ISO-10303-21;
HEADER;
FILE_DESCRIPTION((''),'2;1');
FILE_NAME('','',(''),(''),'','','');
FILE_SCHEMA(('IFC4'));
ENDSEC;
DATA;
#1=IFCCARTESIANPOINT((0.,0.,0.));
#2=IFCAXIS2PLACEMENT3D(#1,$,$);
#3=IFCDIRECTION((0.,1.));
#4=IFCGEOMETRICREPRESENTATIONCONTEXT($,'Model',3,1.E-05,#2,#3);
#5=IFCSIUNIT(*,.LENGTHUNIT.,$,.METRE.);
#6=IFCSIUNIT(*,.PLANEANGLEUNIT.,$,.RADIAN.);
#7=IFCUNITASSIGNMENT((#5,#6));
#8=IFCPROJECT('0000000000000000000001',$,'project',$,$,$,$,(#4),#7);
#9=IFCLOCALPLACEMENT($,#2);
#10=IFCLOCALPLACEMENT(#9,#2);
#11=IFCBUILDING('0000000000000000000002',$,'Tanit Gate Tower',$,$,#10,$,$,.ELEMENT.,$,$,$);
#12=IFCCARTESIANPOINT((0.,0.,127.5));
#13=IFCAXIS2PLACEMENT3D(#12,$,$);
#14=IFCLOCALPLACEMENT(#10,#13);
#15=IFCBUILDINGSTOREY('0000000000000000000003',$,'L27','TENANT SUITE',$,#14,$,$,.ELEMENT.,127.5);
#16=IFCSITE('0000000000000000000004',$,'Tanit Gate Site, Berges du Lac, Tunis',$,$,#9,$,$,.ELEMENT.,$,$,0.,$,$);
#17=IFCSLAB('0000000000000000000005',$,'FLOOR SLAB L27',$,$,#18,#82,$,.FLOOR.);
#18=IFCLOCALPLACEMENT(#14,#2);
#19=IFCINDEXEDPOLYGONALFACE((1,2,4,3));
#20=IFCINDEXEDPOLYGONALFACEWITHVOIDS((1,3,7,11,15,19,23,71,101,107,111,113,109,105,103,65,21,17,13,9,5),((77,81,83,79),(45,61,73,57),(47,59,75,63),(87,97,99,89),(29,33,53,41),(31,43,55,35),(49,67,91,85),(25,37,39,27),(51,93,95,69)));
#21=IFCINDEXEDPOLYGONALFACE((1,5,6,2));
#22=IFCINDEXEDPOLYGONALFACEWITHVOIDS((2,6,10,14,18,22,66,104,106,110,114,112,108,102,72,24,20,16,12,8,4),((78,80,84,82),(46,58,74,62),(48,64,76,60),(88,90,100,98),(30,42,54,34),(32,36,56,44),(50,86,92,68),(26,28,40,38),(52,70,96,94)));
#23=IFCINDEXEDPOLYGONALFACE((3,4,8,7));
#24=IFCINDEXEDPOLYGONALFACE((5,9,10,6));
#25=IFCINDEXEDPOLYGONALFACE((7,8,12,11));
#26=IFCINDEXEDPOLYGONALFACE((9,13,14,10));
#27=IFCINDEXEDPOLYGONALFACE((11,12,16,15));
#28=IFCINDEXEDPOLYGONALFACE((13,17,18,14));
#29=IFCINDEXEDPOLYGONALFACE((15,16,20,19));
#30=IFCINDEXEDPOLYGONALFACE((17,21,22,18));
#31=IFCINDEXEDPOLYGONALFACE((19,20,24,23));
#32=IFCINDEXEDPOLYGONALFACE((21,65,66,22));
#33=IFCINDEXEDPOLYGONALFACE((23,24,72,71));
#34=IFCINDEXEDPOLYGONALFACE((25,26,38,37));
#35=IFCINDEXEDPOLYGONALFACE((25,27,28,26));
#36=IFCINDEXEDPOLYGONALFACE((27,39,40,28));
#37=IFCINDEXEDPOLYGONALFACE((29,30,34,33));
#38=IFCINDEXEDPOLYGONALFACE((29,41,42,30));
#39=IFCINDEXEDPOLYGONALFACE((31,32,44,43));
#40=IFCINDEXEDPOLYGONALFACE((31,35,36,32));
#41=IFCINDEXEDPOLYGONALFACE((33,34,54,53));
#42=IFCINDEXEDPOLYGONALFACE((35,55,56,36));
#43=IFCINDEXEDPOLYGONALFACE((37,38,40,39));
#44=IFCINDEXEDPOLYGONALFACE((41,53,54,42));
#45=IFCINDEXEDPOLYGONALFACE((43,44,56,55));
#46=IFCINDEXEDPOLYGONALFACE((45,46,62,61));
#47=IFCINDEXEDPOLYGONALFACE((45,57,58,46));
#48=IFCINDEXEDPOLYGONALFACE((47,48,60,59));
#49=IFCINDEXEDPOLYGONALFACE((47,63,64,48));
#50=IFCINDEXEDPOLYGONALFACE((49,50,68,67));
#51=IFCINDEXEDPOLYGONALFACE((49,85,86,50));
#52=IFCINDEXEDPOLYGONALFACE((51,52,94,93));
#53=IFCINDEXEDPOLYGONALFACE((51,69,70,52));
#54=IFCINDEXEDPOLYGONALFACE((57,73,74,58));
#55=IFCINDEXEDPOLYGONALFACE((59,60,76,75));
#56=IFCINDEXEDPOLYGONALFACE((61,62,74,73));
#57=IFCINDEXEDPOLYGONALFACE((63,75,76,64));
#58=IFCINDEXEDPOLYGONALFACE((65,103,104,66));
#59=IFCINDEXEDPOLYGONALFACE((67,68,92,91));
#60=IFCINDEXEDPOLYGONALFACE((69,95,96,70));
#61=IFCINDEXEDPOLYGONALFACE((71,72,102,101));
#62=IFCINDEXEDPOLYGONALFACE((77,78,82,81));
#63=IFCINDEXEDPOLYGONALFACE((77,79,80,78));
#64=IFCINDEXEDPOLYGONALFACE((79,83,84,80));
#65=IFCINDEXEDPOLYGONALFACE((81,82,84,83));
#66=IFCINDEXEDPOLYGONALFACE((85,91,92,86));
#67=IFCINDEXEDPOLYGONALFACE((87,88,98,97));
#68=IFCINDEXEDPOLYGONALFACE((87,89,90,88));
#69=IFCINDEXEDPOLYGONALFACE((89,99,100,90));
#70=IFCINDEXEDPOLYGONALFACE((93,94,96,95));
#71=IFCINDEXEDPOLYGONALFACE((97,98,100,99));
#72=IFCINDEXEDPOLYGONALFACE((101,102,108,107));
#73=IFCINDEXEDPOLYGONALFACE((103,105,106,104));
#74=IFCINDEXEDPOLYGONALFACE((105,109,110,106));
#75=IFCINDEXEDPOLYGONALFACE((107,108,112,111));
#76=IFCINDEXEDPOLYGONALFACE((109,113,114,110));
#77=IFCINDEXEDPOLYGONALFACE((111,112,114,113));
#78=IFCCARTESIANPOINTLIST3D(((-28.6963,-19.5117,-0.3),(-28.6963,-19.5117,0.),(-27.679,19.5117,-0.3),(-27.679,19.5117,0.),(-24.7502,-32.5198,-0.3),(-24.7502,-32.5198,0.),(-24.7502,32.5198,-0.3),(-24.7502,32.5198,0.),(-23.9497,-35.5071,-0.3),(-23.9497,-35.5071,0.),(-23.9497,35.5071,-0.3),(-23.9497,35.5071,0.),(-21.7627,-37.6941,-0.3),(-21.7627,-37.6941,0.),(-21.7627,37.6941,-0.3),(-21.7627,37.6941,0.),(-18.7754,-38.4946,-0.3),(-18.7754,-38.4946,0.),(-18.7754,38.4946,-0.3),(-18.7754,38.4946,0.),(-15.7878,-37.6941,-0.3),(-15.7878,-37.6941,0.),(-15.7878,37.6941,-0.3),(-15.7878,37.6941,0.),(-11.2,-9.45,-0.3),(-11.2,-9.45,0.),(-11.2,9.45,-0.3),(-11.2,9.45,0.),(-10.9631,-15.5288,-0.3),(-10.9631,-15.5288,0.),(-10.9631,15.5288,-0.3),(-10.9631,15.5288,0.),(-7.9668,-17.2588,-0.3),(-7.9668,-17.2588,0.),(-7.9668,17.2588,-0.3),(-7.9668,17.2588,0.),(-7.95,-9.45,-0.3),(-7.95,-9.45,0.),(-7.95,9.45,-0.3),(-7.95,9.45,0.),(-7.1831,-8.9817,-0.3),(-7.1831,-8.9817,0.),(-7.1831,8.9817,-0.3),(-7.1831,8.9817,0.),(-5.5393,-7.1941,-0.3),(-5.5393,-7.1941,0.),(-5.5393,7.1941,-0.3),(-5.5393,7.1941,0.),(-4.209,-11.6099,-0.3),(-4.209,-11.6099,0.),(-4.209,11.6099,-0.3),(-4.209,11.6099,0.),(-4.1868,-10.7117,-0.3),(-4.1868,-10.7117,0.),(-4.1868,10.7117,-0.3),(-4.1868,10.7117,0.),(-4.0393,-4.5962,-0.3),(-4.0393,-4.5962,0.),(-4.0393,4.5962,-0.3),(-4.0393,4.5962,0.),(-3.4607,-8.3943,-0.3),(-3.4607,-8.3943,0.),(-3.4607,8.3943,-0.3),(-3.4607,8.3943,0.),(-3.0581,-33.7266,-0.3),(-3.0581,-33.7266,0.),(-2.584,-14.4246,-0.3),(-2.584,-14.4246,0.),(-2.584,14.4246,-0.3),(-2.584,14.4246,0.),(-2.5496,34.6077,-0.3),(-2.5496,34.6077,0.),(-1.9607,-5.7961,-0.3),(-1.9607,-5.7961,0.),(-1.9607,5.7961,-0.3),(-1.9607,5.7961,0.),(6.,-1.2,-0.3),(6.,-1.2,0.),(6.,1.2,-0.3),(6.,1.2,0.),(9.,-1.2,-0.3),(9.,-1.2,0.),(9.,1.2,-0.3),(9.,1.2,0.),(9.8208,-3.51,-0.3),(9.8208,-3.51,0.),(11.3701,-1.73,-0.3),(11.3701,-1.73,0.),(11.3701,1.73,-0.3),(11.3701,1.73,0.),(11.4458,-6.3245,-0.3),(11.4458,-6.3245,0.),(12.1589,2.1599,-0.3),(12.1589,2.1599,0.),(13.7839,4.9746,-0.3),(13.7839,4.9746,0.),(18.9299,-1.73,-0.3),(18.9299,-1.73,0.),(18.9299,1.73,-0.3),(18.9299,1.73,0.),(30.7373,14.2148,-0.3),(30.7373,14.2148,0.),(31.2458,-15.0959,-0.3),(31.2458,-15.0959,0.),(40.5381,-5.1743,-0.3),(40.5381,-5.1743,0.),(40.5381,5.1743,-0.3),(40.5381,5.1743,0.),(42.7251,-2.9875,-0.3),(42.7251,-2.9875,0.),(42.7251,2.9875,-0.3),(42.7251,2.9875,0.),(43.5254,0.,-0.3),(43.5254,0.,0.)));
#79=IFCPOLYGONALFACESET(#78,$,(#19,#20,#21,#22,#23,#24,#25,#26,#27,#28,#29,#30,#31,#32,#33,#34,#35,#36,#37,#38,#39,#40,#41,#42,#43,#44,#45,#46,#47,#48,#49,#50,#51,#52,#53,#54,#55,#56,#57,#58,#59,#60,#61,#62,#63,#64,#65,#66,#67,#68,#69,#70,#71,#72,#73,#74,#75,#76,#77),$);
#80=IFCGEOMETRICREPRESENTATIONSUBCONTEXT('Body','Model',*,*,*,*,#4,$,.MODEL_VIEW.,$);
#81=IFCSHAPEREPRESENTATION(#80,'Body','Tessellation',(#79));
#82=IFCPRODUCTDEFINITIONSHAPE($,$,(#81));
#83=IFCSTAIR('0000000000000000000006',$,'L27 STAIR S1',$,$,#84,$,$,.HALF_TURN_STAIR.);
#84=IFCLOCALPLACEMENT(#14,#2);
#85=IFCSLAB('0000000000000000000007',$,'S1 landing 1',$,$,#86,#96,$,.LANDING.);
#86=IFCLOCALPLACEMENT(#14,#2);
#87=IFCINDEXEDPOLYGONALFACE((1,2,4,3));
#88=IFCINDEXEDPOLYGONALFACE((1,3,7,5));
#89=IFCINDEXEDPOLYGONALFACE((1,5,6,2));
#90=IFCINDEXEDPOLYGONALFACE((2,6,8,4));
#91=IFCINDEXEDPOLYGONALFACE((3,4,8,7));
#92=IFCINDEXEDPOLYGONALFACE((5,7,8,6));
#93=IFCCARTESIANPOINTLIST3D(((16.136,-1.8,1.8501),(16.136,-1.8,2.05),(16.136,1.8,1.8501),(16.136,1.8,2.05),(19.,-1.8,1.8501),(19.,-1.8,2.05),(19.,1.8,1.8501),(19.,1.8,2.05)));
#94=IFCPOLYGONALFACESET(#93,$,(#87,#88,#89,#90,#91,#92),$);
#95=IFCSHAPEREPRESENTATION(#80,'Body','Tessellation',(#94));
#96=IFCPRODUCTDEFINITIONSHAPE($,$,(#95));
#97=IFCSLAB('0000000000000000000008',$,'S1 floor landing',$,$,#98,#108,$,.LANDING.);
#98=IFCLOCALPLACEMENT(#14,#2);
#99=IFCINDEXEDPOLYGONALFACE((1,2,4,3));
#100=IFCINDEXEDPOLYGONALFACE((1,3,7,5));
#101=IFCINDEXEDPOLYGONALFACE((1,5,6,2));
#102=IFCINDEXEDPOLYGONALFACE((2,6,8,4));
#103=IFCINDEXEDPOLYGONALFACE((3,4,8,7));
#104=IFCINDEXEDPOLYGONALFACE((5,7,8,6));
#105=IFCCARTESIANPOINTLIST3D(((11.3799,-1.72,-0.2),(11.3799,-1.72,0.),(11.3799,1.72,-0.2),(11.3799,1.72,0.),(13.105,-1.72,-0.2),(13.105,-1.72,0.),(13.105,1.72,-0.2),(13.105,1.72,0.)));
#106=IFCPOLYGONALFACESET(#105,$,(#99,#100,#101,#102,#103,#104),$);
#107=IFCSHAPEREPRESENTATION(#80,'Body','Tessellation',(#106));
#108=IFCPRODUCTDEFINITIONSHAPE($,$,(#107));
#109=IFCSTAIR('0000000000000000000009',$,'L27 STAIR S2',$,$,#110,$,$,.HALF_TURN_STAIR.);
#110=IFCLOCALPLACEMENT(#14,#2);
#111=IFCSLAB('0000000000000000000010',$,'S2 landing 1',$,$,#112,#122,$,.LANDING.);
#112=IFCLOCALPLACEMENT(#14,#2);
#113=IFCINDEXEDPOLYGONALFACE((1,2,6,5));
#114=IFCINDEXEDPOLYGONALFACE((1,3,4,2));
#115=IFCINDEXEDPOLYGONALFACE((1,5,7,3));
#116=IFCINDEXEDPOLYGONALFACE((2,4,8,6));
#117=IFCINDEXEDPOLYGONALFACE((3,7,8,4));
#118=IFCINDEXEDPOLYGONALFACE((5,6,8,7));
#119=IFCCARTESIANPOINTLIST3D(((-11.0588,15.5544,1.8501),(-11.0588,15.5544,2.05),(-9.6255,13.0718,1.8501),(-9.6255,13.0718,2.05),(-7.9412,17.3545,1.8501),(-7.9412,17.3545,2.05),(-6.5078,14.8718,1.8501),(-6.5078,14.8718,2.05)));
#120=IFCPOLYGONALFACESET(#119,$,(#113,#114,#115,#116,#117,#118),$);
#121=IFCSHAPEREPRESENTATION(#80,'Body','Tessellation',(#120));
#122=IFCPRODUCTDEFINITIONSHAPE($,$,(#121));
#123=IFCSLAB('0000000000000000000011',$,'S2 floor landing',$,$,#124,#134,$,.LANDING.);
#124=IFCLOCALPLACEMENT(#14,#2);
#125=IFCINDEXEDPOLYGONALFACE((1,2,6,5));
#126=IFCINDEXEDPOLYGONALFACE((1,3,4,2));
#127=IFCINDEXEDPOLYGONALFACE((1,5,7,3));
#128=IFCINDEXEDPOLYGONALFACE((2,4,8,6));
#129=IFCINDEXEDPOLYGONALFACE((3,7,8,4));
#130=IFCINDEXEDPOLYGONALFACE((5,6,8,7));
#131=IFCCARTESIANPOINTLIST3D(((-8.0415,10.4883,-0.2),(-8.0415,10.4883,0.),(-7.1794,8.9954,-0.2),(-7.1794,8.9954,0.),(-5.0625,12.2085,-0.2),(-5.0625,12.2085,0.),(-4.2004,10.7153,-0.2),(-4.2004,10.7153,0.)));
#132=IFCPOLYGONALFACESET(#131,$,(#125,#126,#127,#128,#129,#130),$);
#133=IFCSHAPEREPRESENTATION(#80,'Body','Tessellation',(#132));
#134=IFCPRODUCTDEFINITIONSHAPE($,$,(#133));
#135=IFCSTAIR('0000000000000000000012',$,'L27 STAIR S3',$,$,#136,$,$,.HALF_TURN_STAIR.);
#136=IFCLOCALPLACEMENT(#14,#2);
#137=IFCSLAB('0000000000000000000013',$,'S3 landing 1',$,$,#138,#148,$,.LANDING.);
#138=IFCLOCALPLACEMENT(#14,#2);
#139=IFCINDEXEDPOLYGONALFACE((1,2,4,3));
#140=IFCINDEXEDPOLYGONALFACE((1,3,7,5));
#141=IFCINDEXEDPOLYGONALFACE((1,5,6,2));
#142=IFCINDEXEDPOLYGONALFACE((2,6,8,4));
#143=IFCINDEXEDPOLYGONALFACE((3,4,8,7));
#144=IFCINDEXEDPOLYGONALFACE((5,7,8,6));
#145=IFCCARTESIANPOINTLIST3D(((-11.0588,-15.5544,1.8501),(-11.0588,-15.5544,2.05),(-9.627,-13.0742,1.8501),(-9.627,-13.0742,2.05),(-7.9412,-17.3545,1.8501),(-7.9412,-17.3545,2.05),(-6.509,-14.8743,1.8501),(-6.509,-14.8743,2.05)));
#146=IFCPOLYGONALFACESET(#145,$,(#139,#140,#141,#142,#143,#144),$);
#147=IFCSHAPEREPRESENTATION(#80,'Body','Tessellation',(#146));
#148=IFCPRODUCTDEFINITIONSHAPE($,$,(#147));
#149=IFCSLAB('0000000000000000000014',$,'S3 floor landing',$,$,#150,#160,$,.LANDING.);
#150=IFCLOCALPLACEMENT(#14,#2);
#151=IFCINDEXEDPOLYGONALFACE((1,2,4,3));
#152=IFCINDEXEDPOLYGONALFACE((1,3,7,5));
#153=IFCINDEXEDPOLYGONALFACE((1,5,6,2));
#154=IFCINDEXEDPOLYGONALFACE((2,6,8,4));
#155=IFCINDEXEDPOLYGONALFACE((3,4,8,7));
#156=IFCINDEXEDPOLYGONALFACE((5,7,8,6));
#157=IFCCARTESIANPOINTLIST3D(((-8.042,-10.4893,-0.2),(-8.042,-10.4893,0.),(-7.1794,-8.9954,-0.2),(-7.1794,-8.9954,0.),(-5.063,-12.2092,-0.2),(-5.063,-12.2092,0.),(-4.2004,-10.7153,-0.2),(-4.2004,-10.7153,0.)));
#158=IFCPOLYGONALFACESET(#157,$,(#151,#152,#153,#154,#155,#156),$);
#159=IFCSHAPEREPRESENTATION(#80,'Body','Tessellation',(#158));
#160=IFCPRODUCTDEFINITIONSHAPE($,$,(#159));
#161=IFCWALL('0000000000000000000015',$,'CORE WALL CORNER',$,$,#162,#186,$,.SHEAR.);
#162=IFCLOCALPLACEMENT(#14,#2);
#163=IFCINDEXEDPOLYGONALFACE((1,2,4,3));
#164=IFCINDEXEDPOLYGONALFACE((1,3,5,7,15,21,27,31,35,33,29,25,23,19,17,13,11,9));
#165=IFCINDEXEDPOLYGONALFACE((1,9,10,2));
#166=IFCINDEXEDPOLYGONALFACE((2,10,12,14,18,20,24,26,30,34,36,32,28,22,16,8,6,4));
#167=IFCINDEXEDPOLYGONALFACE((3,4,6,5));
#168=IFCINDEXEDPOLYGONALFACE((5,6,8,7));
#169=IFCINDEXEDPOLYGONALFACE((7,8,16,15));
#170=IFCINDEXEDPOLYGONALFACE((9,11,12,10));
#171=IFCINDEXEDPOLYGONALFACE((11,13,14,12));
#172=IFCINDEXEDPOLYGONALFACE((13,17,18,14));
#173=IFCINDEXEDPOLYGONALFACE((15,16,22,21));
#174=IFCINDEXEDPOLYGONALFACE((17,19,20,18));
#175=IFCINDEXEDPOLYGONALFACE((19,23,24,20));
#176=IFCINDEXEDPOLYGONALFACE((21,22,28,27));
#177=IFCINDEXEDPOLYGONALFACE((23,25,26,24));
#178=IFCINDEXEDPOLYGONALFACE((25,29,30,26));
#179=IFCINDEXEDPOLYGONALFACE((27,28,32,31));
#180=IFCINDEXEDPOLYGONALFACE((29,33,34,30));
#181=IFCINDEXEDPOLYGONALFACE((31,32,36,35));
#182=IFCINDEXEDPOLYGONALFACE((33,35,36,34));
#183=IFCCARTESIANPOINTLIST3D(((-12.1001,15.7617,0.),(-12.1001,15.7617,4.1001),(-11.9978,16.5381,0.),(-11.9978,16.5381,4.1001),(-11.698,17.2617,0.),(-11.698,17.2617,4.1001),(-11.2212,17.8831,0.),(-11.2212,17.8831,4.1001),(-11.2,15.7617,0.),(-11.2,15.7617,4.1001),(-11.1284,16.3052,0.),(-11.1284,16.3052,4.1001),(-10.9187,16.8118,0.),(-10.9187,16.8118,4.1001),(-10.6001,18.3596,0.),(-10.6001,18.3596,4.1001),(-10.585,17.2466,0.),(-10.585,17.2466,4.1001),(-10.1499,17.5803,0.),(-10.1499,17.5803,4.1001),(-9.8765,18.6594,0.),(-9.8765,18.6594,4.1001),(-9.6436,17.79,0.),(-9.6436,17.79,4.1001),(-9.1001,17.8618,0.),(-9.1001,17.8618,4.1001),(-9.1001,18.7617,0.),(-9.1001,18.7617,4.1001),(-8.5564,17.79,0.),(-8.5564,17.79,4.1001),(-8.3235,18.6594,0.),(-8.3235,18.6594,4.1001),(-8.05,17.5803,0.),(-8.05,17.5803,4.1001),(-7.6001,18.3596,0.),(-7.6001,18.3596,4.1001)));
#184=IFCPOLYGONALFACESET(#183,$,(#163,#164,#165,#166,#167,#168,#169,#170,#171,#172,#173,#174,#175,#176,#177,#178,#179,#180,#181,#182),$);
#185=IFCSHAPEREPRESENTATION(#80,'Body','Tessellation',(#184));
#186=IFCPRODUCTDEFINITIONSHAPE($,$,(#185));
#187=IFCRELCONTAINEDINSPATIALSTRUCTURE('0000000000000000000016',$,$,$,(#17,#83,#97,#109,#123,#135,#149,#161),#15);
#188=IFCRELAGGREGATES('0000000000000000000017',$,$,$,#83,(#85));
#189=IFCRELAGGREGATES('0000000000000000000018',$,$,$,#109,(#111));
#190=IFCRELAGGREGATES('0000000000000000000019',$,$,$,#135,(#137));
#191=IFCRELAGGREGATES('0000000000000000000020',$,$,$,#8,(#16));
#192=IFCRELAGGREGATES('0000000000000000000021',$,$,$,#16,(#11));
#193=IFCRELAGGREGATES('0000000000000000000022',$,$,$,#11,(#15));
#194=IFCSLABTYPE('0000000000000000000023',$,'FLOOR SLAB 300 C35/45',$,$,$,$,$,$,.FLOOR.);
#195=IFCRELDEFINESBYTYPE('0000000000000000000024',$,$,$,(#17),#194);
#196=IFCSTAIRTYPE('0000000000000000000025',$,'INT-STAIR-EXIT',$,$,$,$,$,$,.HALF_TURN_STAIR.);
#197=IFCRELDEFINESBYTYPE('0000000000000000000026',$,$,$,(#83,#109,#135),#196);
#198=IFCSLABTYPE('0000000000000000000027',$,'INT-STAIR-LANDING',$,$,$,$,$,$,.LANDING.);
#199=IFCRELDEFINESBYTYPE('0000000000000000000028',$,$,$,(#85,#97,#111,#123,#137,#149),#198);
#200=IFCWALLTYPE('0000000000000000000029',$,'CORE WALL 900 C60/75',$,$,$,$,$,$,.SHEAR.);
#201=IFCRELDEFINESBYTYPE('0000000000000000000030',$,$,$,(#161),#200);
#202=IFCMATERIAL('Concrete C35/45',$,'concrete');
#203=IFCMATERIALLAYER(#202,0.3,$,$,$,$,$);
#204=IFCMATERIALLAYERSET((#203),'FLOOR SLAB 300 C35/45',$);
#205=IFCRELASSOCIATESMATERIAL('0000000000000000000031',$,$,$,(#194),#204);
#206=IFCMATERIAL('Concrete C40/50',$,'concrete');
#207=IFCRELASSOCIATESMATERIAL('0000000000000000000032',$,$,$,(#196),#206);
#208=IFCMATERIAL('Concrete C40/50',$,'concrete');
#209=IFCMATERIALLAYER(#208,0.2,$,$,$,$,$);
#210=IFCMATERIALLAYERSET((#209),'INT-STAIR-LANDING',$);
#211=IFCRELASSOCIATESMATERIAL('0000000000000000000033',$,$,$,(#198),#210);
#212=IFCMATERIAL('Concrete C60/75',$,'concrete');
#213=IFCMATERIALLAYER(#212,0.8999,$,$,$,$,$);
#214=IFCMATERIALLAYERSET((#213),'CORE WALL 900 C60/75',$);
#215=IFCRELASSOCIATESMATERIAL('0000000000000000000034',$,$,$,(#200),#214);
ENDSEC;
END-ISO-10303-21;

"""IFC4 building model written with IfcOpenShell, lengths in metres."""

from ifc_helpers import new_model, si_unit, direction, frame, origin, place, context, subcontext, project, spatial, polyline, outline, extrude, material, layer, layer_set, type_object, element, aggregate, save


model = new_model("IFC4")

# Units and contexts
model_context = context("Model", 3, precision=1e-05, world=origin(), true_north=direction((0.0, 1.0)))
body_context = subcontext(model_context, "Body", "Model", "MODEL_VIEW")
ifc_project = project(units=[si_unit("LENGTHUNIT", "METRE"), si_unit("PLANEANGLEUNIT", "RADIAN")], contexts=[model_context])

# Site, building, storey
site_placement = place(None, origin())
site = spatial("IfcSite", under=ifc_project, at=site_placement, Name="Tanit Gate Site, Berges du Lac, Tunis", CompositionType="ELEMENT", RefElevation=0.0)
building_placement = place(site_placement, origin())
building = spatial("IfcBuilding", under=site, at=building_placement, Name="Tanit Gate Tower", CompositionType="ELEMENT")
storey_placement = place(building_placement, frame((0.0, 0.0, 127.5)))
storey = spatial("IfcBuildingStorey", under=building, at=storey_placement, Name="L27", Description="TENANT SUITE", CompositionType="ELEMENT", Elevation=127.5)

# Slab
ifc_material_1 = material(Name="Concrete C35/45", Category="concrete")
ifc_layer_1 = layer(ifc_material_1, 0.3)
ifc_layer_set_1 = layer_set([ifc_layer_1], Name="FLOOR SLAB 300 C35/45")
slab_type_1 = type_object("IfcSlabType", Name="FLOOR SLAB 300 C35/45", PredefinedType="FLOOR", material=ifc_layer_set_1)
slab_1_placement = place(storey_placement, frame((0.0, 0.0, -0.3)))
element("IfcSlab", 1, at=slab_1_placement, inside=storey, type_object=slab_type_1, Name="FLOOR SLAB L27", PredefinedType="FLOOR", context=body_context, shape_type="SweptSolid", body=[
    extrude(outline(polyline([(40.5381, 5.1743), (42.7251, 2.9875), (43.5254, 0.0), (42.7251, -2.9875), (40.5381, -5.1743), (31.2458, -15.0959), (-3.0581, -33.7266), (-15.7878, -37.6941), (-18.7754, -38.4946), (-21.7627, -37.6941), (-23.9497, -35.5071), (-24.7502, -32.5198), (-28.6963, -19.5117), (-27.679, 19.5117), (-24.7502, 32.5198), (-23.9497, 35.5071), (-21.7627, 37.6941), (-18.7754, 38.4946), (-15.7878, 37.6941), (-2.5496, 34.6077), (30.7373, 14.2148), (40.5381, 5.1743)]), holes=[polyline([(11.3701, 1.73), (18.9299, 1.73), (18.9299, -1.73), (11.3701, -1.73), (11.3701, 1.73)]), polyline([(-4.209, 11.6099), (-2.584, 14.4246), (13.7839, 4.9746), (12.1589, 2.1599), (-4.209, 11.6099)]), polyline([(-4.209, -11.6099), (9.8208, -3.51), (11.4458, -6.3245), (-2.584, -14.4246), (-4.209, -11.6099)]), polyline([(9.0, 1.2), (9.0, -1.2), (6.0, -1.2), (6.0, 1.2), (9.0, 1.2)]), polyline([(-5.5393, 7.1941), (-3.4607, 8.3943), (-1.9607, 5.7961), (-4.0393, 4.5962), (-5.5393, 7.1941)]), polyline([(-1.9607, -5.7961), (-3.4607, -8.3943), (-5.5393, -7.1941), (-4.0393, -4.5962), (-1.9607, -5.7961)]), polyline([(-10.9631, 15.5288), (-7.9668, 17.2588), (-4.1868, 10.7117), (-7.1831, 8.9817), (-10.9631, 15.5288)]), polyline([(-4.1868, -10.7117), (-7.9668, -17.2588), (-10.9631, -15.5288), (-7.1831, -8.9817), (-4.1868, -10.7117)]), polyline([(-11.2, -9.45), (-11.2, 9.45), (-7.95, 9.45), (-7.95, -9.45), (-11.2, -9.45)])]), origin(), (0.0, 0.0, 1.0), 0.3),
])

# Stair, slab
ifc_material_2 = material(Name="Concrete C40/50", Category="concrete")
stair_type = type_object("IfcStairType", Name="INT-STAIR-EXIT", PredefinedType="HALF_TURN_STAIR", material=ifc_material_2)
stair_1_placement = place(storey_placement, origin())
stair_1 = element("IfcStair", 2, at=stair_1_placement, inside=storey, type_object=stair_type, Name="L27 STAIR S1", PredefinedType="HALF_TURN_STAIR")
ifc_material_3 = material(Name="Concrete C40/50", Category="concrete")
ifc_layer_2 = layer(ifc_material_3, 0.2)
ifc_layer_set_2 = layer_set([ifc_layer_2], Name="INT-STAIR-LANDING")
slab_type_2 = type_object("IfcSlabType", Name="INT-STAIR-LANDING", PredefinedType="LANDING", material=ifc_layer_set_2)
slab_2_placement = place(storey_placement, frame((0.0, 0.0, 1.8501)))
slab_2 = element("IfcSlab", 3, at=slab_2_placement, type_object=slab_type_2, Name="S1 landing 1", PredefinedType="LANDING", context=body_context, shape_type="SweptSolid", body=[
    extrude(outline(polyline([(16.136, -1.8), (19.0, -1.8), (19.0, 1.8), (16.136, 1.8), (16.136, -1.8)])), origin(), (0.0, 0.0, 1.0), 0.2),
])
aggregate(stair_1, [slab_2])

# Slab
slab_3_placement = place(storey_placement, frame((0.0, 0.0, -0.2)))
element("IfcSlab", 4, at=slab_3_placement, inside=storey, type_object=slab_type_2, Name="S1 floor landing", PredefinedType="LANDING", context=body_context, shape_type="SweptSolid", body=[
    extrude(outline(polyline([(11.3799, -1.72), (13.105, -1.72), (13.105, 1.72), (11.3799, 1.72), (11.3799, -1.72)])), origin(), (0.0, 0.0, 1.0), 0.2),
])

# Stair, slab
stair_2_placement = place(storey_placement, origin())
stair_2 = element("IfcStair", 5, at=stair_2_placement, inside=storey, type_object=stair_type, Name="L27 STAIR S2", PredefinedType="HALF_TURN_STAIR")
slab_4_placement = place(storey_placement, frame((0.0, 0.0, 1.8501)))
slab_4 = element("IfcSlab", 6, at=slab_4_placement, type_object=slab_type_2, Name="S2 landing 1", PredefinedType="LANDING", context=body_context, shape_type="SweptSolid", body=[
    extrude(outline(polyline([(-6.5078, 14.8718), (-7.9412, 17.3545), (-11.0588, 15.5544), (-9.6255, 13.0718), (-6.5078, 14.8718)])), origin(), (0.0, 0.0, 1.0), 0.2),
])
aggregate(stair_2, [slab_4])

# Slab
slab_5_placement = place(storey_placement, frame((0.0, 0.0, -0.2)))
element("IfcSlab", 7, at=slab_5_placement, inside=storey, type_object=slab_type_2, Name="S2 floor landing", PredefinedType="LANDING", context=body_context, shape_type="SweptSolid", body=[
    extrude(outline(polyline([(-4.2004, 10.7153), (-5.0625, 12.2085), (-8.0415, 10.4883), (-7.1794, 8.9954), (-4.2004, 10.7153)])), origin(), (0.0, 0.0, 1.0), 0.2),
])

# Stair, slab
stair_3_placement = place(storey_placement, origin())
stair_3 = element("IfcStair", 8, at=stair_3_placement, inside=storey, type_object=stair_type, Name="L27 STAIR S3", PredefinedType="HALF_TURN_STAIR")
slab_6_placement = place(storey_placement, frame((0.0, 0.0, 1.8501)))
slab_6 = element("IfcSlab", 9, at=slab_6_placement, type_object=slab_type_2, Name="S3 landing 1", PredefinedType="LANDING", context=body_context, shape_type="SweptSolid", body=[
    extrude(outline(polyline([(-9.627, -13.0742), (-11.0588, -15.5544), (-7.9412, -17.3545), (-6.509, -14.8743), (-9.627, -13.0742)])), origin(), (0.0, 0.0, 1.0), 0.2),
])
aggregate(stair_3, [slab_6])

# Slab
slab_7_placement = place(storey_placement, frame((0.0, 0.0, -0.2)))
element("IfcSlab", 10, at=slab_7_placement, inside=storey, type_object=slab_type_2, Name="S3 floor landing", PredefinedType="LANDING", context=body_context, shape_type="SweptSolid", body=[
    extrude(outline(polyline([(-7.1794, -8.9954), (-8.042, -10.4893), (-5.063, -12.2092), (-4.2004, -10.7153), (-7.1794, -8.9954)])), origin(), (0.0, 0.0, 1.0), 0.2),
])

# Wall
ifc_material_4 = material(Name="Concrete C60/75", Category="concrete")
ifc_layer_3 = layer(ifc_material_4, 0.8999)
ifc_layer_set_3 = layer_set([ifc_layer_3], Name="CORE WALL 900 C60/75")
wall_type_1 = type_object("IfcWallType", Name="CORE WALL 900 C60/75", PredefinedType="SHEAR", material=ifc_layer_set_3)
wall_1_placement = place(storey_placement, origin())
element("IfcWall", 11, at=wall_1_placement, inside=storey, type_object=wall_type_1, Name="CORE WALL CORNER", PredefinedType="SHEAR", context=body_context, shape_type="SweptSolid", body=[
    extrude(outline(polyline([(-7.6001, 18.3596), (-8.3235, 18.6594), (-9.1001, 18.7617), (-9.8765, 18.6594), (-10.6001, 18.3596), (-11.2212, 17.8831), (-11.698, 17.2617), (-11.9978, 16.5381), (-12.1001, 15.7617), (-11.2, 15.7617), (-11.1284, 16.3052), (-10.9187, 16.8118), (-10.585, 17.2466), (-10.1499, 17.5803), (-9.6436, 17.79), (-9.1001, 17.8618), (-8.5564, 17.79), (-8.05, 17.5803), (-7.6001, 18.3596)])), origin(), (0.0, 0.0, 1.0), 4.1001),
])

save(model, "model.ifc")
